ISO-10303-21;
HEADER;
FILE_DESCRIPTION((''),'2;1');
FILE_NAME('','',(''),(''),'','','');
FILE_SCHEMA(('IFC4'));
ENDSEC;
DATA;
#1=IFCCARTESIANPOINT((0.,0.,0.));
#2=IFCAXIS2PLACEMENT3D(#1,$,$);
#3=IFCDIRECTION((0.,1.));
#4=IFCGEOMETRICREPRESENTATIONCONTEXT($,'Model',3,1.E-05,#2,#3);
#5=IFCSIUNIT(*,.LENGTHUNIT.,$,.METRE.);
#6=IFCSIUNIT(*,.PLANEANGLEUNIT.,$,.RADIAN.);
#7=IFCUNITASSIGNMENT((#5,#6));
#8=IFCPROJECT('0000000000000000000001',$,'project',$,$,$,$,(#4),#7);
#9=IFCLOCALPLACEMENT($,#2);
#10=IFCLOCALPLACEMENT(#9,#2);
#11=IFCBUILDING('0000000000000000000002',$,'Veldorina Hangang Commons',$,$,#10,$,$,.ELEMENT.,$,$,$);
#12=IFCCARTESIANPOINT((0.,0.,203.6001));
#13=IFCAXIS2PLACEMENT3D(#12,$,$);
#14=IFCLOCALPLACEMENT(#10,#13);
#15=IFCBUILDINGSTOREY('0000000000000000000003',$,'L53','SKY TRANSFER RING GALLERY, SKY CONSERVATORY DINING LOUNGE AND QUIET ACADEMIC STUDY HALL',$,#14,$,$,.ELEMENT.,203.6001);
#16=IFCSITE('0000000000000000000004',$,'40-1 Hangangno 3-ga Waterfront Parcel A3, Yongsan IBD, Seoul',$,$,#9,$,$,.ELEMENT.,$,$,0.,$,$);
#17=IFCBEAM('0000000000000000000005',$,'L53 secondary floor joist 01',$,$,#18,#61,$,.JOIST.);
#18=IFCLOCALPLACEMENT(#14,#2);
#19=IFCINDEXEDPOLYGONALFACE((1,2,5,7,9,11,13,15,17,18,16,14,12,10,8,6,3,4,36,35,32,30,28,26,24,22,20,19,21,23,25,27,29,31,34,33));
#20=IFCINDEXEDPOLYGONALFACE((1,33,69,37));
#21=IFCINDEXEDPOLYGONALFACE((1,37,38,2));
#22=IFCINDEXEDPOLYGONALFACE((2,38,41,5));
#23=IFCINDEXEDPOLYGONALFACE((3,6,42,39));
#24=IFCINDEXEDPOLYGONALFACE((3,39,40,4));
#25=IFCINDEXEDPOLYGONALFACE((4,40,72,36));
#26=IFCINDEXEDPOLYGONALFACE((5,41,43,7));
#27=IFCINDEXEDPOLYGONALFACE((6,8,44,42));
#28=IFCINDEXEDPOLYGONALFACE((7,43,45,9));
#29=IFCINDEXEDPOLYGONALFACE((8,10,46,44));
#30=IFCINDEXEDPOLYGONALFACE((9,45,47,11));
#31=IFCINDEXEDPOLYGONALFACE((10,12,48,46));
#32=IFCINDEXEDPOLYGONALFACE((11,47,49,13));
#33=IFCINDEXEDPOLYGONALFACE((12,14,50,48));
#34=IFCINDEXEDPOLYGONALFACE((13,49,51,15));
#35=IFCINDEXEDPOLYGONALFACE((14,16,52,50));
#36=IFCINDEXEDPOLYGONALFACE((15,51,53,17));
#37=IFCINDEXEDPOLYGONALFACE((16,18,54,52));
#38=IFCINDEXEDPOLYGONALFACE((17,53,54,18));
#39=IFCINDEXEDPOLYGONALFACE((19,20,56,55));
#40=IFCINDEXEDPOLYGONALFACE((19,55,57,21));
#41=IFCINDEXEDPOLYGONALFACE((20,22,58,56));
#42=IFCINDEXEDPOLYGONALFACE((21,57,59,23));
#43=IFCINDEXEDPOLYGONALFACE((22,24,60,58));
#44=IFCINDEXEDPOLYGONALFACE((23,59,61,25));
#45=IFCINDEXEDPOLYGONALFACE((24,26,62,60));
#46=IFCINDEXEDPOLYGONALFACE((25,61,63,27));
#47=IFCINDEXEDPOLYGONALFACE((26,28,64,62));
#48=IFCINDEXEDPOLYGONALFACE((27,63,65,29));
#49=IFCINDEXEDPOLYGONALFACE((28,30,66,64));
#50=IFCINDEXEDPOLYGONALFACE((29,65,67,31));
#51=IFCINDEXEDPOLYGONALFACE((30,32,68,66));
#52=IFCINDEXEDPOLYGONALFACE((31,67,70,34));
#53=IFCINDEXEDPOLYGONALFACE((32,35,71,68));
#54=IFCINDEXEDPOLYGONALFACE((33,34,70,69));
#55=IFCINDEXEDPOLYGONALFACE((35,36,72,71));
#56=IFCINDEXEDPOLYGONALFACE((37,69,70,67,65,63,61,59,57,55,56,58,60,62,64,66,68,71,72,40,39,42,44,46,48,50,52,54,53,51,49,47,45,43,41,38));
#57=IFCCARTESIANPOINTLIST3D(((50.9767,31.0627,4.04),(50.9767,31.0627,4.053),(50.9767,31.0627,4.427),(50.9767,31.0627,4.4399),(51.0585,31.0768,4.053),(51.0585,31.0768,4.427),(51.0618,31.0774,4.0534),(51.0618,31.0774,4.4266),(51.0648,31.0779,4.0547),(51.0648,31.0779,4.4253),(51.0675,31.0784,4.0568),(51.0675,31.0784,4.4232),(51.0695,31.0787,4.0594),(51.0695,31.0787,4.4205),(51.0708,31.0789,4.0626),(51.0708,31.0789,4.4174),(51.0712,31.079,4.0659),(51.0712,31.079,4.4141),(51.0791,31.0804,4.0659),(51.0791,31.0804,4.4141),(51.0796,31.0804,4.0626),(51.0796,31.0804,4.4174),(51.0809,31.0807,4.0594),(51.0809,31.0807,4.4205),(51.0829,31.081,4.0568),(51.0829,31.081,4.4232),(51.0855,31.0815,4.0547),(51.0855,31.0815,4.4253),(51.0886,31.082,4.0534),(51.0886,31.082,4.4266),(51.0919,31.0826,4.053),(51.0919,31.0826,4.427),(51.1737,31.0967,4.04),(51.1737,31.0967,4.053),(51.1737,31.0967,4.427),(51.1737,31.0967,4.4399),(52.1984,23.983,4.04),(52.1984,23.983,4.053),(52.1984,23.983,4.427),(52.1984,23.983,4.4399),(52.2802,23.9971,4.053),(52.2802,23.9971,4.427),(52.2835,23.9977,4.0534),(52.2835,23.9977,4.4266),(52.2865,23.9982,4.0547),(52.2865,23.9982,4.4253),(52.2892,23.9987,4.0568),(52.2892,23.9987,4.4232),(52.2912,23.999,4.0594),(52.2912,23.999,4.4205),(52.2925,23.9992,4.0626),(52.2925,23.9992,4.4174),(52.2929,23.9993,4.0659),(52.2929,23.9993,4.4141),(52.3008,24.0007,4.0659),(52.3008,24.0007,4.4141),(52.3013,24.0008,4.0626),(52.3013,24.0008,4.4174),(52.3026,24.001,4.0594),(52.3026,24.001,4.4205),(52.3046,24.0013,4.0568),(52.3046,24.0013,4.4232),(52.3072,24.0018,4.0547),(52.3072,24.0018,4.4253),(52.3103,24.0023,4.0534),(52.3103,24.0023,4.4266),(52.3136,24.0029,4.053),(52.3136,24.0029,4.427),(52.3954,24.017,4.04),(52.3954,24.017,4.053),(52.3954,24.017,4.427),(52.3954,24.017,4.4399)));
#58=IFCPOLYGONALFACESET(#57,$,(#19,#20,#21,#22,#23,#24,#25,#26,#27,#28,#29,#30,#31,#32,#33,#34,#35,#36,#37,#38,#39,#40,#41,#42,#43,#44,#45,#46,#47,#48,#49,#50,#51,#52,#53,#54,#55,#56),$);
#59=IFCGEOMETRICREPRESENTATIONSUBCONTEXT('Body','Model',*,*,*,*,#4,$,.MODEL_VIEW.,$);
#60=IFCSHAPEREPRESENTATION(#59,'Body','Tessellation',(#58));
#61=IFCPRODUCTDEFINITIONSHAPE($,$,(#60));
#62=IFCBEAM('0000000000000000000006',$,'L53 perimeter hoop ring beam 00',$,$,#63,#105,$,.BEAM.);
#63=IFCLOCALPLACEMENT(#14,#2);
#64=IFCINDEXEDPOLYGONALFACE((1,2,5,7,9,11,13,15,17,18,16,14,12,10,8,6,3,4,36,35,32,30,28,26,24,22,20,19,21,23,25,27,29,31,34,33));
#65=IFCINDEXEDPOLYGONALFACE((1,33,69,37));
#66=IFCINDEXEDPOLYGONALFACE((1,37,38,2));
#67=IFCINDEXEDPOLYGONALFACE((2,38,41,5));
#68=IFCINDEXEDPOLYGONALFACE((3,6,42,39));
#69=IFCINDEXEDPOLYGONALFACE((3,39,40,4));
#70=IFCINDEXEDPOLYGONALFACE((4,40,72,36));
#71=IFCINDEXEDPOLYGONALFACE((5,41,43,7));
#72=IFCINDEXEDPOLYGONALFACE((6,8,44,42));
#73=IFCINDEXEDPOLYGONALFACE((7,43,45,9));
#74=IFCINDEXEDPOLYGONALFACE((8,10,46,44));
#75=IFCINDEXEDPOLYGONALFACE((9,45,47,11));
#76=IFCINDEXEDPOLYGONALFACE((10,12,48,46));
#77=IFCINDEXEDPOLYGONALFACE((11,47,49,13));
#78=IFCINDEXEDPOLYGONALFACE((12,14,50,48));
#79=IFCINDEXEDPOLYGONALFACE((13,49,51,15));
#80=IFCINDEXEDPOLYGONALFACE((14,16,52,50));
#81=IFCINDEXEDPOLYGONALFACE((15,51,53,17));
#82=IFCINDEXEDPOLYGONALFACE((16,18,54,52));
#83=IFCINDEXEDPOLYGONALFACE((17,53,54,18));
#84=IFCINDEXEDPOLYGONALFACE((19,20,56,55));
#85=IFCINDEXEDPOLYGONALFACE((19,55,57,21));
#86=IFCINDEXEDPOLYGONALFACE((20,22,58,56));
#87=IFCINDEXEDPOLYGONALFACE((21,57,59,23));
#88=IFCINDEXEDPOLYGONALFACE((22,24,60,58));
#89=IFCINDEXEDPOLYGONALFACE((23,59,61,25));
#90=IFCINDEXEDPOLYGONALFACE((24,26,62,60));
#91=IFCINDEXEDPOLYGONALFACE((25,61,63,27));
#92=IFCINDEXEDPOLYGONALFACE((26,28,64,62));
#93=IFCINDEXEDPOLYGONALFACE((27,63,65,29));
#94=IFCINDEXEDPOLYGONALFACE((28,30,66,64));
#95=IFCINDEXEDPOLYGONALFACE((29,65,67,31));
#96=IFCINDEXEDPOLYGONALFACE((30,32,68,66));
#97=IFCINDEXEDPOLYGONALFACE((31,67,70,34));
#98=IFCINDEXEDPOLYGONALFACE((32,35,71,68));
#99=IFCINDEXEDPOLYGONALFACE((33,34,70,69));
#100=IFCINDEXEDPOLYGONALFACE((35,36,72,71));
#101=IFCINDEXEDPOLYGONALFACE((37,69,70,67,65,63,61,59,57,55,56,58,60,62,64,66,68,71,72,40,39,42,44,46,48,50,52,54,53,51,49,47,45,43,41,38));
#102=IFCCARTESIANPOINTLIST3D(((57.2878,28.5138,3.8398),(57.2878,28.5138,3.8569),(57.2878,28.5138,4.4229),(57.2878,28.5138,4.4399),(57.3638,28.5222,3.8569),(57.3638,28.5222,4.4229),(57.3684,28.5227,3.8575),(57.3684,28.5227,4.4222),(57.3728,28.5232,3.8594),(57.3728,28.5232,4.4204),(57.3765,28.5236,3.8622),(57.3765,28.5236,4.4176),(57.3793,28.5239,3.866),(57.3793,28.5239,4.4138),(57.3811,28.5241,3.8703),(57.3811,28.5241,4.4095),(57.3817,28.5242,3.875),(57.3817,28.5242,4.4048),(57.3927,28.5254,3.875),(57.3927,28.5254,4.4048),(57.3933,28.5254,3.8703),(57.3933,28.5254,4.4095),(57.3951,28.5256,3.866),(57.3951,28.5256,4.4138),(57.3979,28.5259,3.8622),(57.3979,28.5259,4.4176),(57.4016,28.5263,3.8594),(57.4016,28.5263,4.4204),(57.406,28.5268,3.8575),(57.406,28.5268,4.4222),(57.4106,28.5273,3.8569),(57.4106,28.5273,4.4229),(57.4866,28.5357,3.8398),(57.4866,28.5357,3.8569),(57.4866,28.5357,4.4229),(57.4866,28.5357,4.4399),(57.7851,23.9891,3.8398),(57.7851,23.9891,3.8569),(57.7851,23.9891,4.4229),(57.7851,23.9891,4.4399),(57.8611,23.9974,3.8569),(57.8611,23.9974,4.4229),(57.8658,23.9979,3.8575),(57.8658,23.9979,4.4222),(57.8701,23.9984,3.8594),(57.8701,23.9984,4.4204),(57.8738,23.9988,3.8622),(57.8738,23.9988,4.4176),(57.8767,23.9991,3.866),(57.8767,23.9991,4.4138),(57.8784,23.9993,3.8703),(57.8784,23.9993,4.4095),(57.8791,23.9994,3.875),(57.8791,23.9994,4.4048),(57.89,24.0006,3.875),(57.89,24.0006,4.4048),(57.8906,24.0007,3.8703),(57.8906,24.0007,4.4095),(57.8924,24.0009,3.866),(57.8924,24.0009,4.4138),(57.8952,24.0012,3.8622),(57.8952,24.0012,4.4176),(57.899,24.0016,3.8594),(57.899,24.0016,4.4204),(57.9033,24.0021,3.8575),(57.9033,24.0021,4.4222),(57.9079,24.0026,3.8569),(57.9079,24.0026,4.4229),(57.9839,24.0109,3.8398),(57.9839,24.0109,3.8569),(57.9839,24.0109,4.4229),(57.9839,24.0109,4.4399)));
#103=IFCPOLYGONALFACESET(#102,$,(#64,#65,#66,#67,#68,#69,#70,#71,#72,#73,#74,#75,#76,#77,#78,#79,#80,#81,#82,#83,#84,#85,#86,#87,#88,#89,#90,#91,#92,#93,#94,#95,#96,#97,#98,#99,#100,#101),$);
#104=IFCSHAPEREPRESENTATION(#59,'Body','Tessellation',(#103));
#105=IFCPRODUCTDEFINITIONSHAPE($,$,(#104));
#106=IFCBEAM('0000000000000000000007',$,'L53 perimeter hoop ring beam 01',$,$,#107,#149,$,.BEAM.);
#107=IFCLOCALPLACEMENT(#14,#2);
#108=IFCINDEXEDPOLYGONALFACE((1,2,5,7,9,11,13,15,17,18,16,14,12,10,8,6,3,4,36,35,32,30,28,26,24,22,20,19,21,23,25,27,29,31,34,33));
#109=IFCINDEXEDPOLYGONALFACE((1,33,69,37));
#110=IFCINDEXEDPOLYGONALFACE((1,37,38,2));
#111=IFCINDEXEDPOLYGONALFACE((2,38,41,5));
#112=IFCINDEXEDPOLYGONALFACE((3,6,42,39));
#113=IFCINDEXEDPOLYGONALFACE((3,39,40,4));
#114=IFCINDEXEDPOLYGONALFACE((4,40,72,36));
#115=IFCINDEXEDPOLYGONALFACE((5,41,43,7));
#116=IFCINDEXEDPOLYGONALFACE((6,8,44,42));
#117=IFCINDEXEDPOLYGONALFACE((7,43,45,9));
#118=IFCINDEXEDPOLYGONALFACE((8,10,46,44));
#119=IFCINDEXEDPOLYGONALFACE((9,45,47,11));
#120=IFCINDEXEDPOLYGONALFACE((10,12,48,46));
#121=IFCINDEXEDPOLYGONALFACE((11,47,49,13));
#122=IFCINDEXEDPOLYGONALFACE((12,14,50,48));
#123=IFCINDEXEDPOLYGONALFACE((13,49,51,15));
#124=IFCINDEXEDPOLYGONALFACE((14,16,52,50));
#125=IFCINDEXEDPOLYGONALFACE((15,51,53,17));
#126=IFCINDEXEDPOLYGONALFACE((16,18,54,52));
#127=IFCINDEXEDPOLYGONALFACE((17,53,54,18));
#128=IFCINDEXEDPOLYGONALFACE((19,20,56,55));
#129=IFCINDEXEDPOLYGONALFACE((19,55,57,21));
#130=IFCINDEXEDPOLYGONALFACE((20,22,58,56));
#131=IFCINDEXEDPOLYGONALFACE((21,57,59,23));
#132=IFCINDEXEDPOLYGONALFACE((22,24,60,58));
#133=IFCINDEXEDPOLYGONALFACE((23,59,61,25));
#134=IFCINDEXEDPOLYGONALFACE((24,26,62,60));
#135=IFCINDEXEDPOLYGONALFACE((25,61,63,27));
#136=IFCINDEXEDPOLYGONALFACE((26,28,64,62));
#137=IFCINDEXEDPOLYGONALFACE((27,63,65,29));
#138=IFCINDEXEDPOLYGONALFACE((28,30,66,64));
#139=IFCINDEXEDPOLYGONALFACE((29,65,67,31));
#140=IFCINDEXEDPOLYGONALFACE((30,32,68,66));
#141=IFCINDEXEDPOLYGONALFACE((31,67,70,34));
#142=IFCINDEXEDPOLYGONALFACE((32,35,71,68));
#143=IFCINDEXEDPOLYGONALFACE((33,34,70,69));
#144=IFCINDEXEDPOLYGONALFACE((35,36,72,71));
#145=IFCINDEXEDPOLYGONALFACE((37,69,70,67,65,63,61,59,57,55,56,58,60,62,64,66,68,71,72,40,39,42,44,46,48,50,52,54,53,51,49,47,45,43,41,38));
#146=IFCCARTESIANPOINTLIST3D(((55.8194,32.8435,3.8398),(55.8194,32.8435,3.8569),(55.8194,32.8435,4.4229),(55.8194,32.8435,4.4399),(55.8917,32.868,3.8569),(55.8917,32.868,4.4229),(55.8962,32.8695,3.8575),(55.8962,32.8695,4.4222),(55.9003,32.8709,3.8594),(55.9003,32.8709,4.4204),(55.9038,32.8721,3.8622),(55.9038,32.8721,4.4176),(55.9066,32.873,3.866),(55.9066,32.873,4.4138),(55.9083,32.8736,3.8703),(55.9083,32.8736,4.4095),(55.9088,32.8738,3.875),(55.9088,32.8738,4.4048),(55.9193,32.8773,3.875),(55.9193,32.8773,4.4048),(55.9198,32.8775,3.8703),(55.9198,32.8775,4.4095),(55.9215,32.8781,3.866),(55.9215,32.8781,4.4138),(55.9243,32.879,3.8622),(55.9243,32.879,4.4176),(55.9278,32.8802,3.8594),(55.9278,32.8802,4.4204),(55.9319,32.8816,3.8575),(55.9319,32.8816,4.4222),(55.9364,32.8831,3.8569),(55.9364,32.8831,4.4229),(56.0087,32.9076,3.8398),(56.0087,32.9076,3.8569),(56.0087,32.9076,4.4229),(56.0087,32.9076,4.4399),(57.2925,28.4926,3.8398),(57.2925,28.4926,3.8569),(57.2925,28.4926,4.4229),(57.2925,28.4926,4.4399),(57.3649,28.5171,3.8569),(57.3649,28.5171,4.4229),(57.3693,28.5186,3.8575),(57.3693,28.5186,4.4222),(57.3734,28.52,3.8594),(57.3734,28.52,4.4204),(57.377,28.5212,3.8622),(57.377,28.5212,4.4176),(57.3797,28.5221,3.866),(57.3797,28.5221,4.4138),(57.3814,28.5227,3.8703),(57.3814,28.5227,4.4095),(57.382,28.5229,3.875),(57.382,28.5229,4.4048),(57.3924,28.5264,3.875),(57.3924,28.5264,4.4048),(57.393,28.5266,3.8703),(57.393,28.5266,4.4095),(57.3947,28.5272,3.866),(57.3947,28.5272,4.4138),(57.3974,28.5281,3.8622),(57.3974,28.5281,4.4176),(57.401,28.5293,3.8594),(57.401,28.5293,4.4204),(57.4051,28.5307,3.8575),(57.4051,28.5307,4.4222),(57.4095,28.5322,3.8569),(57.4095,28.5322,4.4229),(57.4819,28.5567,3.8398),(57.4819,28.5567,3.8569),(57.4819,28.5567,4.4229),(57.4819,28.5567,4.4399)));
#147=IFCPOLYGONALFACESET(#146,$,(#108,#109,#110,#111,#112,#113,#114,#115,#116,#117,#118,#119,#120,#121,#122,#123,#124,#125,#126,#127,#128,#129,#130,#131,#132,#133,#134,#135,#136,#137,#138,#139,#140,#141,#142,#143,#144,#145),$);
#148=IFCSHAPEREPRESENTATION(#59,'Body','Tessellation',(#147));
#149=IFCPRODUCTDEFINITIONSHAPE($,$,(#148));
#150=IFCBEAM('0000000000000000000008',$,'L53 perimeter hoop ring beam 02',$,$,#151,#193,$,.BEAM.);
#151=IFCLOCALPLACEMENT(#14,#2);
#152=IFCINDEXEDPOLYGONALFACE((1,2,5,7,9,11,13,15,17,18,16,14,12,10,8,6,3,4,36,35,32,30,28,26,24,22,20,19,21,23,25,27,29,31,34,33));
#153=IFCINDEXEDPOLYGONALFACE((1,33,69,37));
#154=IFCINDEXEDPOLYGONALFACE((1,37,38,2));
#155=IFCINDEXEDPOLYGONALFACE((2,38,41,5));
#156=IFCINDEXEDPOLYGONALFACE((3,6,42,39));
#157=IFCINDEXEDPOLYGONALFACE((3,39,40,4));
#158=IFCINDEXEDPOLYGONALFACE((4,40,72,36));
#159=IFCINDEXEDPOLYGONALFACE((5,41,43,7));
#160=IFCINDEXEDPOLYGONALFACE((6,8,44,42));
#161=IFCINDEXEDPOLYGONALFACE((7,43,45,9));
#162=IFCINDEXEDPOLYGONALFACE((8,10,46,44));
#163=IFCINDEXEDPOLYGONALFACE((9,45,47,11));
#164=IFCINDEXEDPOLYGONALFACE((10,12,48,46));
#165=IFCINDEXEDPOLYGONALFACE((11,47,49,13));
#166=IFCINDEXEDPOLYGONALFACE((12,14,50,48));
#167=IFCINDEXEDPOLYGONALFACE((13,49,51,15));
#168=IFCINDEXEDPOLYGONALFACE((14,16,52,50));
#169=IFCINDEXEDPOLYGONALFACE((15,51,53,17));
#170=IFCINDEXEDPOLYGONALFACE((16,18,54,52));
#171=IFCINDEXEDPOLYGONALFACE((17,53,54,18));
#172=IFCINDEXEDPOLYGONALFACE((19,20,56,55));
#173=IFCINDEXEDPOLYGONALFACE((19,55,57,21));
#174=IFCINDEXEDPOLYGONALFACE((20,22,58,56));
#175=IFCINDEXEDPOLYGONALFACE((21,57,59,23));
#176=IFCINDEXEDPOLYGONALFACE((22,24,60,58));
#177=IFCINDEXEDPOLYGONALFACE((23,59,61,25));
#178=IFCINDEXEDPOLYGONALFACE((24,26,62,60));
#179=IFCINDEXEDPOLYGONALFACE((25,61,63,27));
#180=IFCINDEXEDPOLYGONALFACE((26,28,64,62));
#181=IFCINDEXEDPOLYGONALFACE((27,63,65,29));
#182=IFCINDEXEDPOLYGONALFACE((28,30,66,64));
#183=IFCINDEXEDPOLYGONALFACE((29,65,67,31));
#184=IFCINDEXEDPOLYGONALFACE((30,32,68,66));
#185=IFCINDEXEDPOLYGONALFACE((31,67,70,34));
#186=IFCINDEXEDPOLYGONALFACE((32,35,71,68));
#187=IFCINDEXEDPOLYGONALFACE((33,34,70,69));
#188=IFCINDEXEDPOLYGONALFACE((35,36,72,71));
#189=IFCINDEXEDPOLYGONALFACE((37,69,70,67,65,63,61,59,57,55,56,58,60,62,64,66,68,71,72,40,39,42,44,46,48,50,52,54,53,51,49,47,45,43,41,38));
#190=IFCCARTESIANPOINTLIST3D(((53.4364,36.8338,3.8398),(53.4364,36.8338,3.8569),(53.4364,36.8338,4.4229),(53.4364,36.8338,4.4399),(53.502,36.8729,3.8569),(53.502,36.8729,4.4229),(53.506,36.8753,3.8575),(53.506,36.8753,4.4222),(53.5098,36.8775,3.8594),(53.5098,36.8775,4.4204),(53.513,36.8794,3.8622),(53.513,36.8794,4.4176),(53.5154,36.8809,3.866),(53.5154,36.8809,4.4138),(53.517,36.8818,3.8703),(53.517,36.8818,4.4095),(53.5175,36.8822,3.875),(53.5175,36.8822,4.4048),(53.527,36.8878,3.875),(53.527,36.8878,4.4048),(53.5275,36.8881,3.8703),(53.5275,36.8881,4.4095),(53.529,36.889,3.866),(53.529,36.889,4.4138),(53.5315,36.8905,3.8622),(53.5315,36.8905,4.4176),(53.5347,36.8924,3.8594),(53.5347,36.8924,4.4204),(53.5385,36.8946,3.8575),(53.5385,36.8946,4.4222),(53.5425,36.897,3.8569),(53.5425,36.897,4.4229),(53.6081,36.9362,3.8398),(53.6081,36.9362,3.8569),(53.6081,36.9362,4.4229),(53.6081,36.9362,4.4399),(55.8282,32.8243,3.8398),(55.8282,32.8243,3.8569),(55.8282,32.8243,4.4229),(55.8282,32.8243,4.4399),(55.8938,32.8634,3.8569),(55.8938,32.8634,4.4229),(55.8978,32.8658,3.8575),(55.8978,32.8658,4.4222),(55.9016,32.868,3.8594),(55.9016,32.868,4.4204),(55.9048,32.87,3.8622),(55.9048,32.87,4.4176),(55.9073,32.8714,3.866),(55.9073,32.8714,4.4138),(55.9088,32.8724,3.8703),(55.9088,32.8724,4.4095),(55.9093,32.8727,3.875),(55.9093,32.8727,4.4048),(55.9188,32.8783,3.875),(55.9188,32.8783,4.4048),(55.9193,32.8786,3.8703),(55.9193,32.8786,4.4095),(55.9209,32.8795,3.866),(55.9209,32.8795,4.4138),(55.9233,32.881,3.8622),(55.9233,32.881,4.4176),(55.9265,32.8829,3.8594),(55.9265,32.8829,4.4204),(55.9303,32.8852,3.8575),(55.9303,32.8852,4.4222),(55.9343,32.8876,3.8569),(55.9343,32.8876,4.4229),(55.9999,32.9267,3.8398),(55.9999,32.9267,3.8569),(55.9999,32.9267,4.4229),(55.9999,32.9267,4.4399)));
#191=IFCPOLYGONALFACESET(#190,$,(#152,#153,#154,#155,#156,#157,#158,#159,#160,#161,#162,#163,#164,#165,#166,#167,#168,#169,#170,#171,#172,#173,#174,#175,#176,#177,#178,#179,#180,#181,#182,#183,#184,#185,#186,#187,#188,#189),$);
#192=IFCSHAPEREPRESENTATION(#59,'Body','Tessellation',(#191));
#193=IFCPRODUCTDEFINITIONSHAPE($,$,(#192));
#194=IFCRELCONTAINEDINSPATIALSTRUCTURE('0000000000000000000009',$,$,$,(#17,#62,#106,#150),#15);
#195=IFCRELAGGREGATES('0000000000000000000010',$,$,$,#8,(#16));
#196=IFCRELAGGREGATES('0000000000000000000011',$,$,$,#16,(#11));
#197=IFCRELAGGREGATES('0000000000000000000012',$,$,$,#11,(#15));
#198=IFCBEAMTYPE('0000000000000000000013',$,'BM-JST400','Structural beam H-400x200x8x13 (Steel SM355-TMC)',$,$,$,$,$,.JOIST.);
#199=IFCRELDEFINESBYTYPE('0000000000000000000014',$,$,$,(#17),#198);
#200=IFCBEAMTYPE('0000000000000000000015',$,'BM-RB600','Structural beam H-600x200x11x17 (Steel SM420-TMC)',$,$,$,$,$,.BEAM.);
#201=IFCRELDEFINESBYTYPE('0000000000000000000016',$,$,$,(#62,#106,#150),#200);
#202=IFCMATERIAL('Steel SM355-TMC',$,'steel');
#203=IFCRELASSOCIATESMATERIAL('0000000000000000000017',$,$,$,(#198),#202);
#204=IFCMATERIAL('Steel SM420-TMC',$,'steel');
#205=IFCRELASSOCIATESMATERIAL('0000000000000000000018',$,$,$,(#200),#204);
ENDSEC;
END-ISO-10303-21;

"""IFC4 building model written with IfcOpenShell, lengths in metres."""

from ifc_helpers import new_model, si_unit, direction, frame, origin, origin_2d, place, context, subcontext, project, spatial, i_section, extrude, material, material_profile, profile_set, type_object, element, save


model = new_model("IFC4")

# Units and contexts
model_context = context("Model", 3, precision=1e-05, world=origin(), true_north=direction((0.0, 1.0)))
body_context = subcontext(model_context, "Body", "Model", "MODEL_VIEW")
ifc_project = project(units=[si_unit("LENGTHUNIT", "METRE"), si_unit("PLANEANGLEUNIT", "RADIAN")], contexts=[model_context])

# Site, building, storey
site_placement = place(None, origin())
site = spatial("IfcSite", under=ifc_project, at=site_placement, Name="40-1 Hangangno 3-ga Waterfront Parcel A3, Yongsan IBD, Seoul", CompositionType="ELEMENT", RefElevation=0.0)
building_placement = place(site_placement, origin())
building = spatial("IfcBuilding", under=site, at=building_placement, Name="Veldorina Hangang Commons", CompositionType="ELEMENT")
storey_placement = place(building_placement, frame((0.0, 0.0, 203.6001)))
storey = spatial("IfcBuildingStorey", under=building, at=storey_placement, Name="L53", Description="SKY TRANSFER RING GALLERY, SKY CONSERVATORY DINING LOUNGE AND QUIET ACADEMIC STUDY HALL", CompositionType="ELEMENT", Elevation=203.6001)

# Beams
ifc_material_1 = material(Name="Steel SM355-TMC", Category="steel")
ifc_material_profile_1 = material_profile(ifc_material_1, i_section(OverallWidth=0.2, OverallDepth=0.3999, WebThickness=0.0081, FlangeThickness=0.0129, FilletRadius=0.0129, at=origin_2d()), Name="H-400x200x8x13")
ifc_profile_set_1 = profile_set([ifc_material_profile_1], Name="Steel SM355-TMC")
beam_type_1 = type_object("IfcBeamType", Name="BM-JST400", Description="Structural beam H-400x200x8x13 (Steel SM355-TMC)", PredefinedType="JOIST", material=ifc_profile_set_1)
beam_1_placement = place(storey_placement, frame((52.2969, 24.0, 4.24), z_axis=(-0.17005, 0.985435, 0.0), x_axis=(-0.985435, -0.17005, 0.0)))
element("IfcBeam", 1, at=beam_1_placement, inside=storey, type_object=beam_type_1, Name="L53 secondary floor joist 01", PredefinedType="JOIST", context=body_context, shape_type="SweptSolid", body=[
    extrude(i_section(OverallWidth=0.2, OverallDepth=0.3999, WebThickness=0.0081, FlangeThickness=0.0129, FilletRadius=0.0129, at=origin_2d()), origin(), (0.0, 0.0, 1.0), 7.1843),
])
ifc_material_2 = material(Name="Steel SM420-TMC", Category="steel")
ifc_material_profile_2 = material_profile(ifc_material_2, i_section(OverallWidth=0.2, OverallDepth=0.6001, WebThickness=0.011, FlangeThickness=0.0171, FilletRadius=0.0181, at=origin_2d()), Name="H-600x200x11x17")
ifc_profile_set_2 = profile_set([ifc_material_profile_2], Name="Steel SM420-TMC")
beam_type_2 = type_object("IfcBeamType", Name="BM-RB600", Description="Structural beam H-600x200x11x17 (Steel SM420-TMC)", PredefinedType="BEAM", material=ifc_profile_set_2)
beam_2_placement = place(storey_placement, frame((57.8845, 24.0, 4.1399), z_axis=(-0.109254, 0.994014, 0.0), x_axis=(-0.994014, -0.109254, 0.0)))
element("IfcBeam", 2, at=beam_2_placement, inside=storey, type_object=beam_type_2, Name="L53 perimeter hoop ring beam 00", PredefinedType="BEAM", context=body_context, shape_type="SweptSolid", body=[
    extrude(i_section(OverallWidth=0.2, OverallDepth=0.6001, WebThickness=0.011, FlangeThickness=0.0171, FilletRadius=0.0181, at=origin_2d()), origin(), (0.0, 0.0, 1.0), 4.552),
])
beam_3_placement = place(storey_placement, frame((57.3872, 28.5247, 4.1399), z_axis=(-0.320705, 0.947179, 0.0), x_axis=(-0.947179, -0.320705, 0.0)))
element("IfcBeam", 3, at=beam_3_placement, inside=storey, type_object=beam_type_2, Name="L53 perimeter hoop ring beam 01", PredefinedType="BEAM", context=body_context, shape_type="SweptSolid", body=[
    extrude(i_section(OverallWidth=0.2, OverallDepth=0.6001, WebThickness=0.011, FlangeThickness=0.0171, FilletRadius=0.0181, at=origin_2d()), origin(), (0.0, 0.0, 1.0), 4.5935),
])
beam_4_placement = place(storey_placement, frame((55.9141, 32.8755, 4.1399), z_axis=(-0.51231, 0.858801, 0.0), x_axis=(-0.858801, -0.51231, 0.0)))
element("IfcBeam", 4, at=beam_4_placement, inside=storey, type_object=beam_type_2, Name="L53 perimeter hoop ring beam 02", PredefinedType="BEAM", context=body_context, shape_type="SweptSolid", body=[
    extrude(i_section(OverallWidth=0.2, OverallDepth=0.6001, WebThickness=0.011, FlangeThickness=0.0171, FilletRadius=0.0181, at=origin_2d()), origin(), (0.0, 0.0, 1.0), 4.6687),
])

save(model, "model.ifc")
